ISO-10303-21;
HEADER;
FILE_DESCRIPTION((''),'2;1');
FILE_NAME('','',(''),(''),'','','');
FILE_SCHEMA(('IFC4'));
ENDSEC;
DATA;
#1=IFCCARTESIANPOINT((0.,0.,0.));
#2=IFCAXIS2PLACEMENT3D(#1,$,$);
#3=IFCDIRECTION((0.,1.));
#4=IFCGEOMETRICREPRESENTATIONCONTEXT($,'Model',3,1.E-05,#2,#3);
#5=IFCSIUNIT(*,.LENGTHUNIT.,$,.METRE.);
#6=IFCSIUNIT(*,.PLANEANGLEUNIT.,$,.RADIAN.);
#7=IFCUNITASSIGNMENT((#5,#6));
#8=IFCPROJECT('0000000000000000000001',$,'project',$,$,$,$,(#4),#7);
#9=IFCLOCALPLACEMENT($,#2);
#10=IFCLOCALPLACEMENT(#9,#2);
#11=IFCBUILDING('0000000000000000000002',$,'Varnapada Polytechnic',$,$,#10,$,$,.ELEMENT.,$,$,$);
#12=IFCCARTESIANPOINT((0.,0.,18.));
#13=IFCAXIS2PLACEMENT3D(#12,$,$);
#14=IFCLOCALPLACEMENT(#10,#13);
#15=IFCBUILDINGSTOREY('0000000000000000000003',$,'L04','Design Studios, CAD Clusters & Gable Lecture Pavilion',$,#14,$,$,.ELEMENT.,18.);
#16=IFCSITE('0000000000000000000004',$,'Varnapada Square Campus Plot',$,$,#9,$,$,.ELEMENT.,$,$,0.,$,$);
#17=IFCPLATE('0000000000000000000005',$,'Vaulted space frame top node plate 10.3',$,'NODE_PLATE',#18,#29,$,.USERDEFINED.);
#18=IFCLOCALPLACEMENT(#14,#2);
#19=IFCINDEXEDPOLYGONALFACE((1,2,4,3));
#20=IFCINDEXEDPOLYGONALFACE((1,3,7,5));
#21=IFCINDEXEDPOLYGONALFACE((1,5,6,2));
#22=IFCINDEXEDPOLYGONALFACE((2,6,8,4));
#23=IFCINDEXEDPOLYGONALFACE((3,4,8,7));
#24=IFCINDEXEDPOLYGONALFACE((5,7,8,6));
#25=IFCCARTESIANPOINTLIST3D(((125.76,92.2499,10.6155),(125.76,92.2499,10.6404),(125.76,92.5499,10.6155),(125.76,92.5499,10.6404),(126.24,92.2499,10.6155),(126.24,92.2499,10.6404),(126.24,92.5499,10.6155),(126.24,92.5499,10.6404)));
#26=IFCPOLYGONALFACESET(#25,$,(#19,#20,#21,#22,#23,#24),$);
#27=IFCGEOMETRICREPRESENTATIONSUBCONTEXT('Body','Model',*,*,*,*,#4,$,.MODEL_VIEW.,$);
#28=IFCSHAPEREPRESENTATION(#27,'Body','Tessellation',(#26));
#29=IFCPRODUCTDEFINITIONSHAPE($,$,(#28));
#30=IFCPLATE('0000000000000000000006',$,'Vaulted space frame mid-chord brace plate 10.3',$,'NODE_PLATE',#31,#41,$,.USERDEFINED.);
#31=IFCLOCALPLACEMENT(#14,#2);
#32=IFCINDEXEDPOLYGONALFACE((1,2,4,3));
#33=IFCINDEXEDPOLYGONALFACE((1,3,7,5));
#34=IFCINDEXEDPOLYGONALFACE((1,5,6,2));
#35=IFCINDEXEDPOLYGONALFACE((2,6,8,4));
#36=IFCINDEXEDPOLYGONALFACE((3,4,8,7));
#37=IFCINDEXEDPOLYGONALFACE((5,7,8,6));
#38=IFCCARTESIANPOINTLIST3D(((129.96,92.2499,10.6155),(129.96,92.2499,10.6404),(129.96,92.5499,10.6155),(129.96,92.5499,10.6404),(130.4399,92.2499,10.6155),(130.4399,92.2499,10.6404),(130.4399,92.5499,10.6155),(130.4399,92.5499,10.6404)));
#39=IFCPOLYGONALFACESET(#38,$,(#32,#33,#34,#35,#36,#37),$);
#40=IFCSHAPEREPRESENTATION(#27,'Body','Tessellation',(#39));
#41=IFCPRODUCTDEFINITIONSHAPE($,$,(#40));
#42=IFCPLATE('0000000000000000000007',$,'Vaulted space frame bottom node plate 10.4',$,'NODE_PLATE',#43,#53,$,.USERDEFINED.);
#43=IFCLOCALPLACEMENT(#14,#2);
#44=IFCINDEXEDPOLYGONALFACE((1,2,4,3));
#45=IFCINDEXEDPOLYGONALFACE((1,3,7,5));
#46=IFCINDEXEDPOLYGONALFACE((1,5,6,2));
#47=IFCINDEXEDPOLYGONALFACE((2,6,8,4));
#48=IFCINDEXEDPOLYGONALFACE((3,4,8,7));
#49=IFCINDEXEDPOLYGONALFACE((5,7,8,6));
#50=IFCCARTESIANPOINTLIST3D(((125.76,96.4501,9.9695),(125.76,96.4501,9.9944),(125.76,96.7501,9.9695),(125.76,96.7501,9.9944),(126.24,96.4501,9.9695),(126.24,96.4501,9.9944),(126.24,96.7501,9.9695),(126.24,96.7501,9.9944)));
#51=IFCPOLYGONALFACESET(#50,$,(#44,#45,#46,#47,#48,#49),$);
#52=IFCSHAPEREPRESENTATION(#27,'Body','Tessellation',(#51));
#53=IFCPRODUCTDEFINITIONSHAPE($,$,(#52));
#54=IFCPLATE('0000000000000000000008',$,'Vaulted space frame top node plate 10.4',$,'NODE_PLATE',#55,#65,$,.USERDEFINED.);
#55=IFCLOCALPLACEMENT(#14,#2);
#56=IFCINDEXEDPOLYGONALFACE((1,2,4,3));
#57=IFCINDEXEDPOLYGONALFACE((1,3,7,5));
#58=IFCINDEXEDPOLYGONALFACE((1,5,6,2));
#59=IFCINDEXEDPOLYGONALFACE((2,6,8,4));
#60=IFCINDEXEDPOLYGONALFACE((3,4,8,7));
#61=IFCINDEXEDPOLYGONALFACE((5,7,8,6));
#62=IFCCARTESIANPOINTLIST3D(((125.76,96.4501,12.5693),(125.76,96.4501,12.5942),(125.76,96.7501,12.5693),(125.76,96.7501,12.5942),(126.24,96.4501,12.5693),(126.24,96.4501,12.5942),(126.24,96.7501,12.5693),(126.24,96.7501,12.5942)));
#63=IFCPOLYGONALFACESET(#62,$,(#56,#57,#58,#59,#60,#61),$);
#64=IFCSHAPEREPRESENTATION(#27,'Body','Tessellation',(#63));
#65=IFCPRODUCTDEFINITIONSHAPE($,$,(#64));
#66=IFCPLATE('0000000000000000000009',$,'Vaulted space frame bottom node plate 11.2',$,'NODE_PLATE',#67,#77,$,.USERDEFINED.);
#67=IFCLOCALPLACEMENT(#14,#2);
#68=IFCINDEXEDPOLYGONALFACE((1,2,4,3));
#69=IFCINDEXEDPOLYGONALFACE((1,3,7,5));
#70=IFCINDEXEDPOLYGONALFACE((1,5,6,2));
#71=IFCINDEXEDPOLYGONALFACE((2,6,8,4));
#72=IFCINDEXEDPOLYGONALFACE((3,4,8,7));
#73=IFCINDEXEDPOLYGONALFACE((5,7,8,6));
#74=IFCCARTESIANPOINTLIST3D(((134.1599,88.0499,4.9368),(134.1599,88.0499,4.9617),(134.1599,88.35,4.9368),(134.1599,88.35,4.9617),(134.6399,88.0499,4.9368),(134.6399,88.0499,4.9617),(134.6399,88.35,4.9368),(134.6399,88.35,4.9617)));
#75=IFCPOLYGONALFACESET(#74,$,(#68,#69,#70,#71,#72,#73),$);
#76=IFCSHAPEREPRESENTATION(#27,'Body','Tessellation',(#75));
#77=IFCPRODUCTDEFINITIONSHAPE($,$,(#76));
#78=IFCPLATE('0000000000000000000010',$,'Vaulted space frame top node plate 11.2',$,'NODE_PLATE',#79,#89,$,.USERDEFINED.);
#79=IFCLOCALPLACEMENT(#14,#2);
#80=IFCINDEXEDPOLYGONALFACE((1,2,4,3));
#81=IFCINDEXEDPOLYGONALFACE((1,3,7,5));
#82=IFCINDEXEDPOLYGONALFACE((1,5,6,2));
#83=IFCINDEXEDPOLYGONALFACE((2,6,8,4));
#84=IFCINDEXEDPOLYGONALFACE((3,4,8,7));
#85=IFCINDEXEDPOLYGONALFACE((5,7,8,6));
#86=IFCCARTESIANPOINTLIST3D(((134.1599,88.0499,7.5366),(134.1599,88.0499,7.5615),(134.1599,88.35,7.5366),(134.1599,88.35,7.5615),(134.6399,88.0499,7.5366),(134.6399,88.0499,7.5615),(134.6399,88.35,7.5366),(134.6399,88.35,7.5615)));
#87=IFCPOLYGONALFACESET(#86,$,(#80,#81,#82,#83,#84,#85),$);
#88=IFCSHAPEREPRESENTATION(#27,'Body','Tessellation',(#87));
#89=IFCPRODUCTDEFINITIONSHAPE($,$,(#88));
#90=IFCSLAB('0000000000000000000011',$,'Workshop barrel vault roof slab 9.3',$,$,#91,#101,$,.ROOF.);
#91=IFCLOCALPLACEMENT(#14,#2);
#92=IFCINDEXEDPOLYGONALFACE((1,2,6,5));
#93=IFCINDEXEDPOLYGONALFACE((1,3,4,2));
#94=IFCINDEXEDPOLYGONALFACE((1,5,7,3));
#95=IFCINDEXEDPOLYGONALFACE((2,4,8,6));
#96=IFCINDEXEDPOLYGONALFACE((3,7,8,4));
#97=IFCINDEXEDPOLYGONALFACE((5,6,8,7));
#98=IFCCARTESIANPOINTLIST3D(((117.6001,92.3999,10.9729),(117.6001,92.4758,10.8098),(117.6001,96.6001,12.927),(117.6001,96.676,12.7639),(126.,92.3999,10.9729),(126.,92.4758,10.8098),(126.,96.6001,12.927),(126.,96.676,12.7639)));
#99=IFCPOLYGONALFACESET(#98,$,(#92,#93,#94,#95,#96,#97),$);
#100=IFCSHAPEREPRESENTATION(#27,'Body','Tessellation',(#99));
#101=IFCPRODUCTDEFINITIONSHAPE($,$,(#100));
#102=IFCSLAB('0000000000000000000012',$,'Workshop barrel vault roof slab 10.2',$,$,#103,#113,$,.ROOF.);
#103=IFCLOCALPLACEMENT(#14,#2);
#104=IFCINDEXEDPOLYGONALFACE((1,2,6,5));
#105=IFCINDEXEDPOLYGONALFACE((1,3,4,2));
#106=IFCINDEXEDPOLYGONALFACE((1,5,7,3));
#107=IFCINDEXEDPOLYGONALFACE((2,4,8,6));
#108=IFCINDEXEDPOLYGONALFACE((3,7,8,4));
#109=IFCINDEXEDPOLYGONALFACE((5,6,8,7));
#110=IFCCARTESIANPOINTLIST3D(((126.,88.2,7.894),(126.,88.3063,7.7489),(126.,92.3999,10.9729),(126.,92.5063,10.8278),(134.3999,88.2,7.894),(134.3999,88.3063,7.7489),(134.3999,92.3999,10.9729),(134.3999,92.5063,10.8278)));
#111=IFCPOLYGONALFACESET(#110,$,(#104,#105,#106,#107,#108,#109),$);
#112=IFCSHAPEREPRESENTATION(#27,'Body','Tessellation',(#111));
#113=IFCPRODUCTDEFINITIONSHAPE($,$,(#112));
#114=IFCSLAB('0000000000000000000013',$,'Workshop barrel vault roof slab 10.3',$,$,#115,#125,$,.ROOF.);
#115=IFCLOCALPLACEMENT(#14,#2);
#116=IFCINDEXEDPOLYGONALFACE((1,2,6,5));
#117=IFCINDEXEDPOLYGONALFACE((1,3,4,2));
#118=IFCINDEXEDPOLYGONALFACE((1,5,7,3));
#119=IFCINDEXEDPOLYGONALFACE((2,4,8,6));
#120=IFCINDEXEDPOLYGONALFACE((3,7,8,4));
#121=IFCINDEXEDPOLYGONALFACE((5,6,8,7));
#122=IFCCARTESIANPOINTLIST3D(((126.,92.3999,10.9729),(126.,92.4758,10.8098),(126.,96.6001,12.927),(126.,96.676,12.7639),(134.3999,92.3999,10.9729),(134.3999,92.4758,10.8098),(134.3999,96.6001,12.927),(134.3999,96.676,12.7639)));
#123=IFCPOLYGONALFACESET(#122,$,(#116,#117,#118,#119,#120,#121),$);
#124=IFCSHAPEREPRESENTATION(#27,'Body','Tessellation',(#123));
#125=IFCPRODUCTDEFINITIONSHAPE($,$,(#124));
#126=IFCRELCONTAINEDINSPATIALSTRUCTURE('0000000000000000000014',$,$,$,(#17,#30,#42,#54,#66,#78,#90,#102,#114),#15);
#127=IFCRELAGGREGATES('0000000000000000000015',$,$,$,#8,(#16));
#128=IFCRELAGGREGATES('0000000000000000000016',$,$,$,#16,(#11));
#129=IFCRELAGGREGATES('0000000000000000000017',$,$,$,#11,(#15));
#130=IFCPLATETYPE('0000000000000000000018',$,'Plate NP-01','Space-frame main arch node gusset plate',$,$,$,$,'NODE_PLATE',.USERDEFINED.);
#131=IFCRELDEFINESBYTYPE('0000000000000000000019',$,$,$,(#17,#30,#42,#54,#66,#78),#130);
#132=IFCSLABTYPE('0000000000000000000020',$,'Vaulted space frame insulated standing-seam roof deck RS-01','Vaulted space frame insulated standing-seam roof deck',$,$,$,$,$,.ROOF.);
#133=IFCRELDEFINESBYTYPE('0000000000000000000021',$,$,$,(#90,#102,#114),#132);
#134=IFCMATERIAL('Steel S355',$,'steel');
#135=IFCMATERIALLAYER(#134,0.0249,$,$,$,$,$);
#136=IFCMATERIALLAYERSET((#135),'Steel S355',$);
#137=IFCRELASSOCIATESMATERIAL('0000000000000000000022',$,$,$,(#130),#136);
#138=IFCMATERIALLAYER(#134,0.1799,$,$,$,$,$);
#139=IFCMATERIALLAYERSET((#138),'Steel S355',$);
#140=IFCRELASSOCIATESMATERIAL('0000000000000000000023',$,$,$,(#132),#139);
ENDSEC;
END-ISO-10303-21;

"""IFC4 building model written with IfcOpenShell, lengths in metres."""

from ifc_helpers import new_model, si_unit, direction, frame, origin, origin_2d, place, context, subcontext, project, spatial, polyline, rectangle, outline, extrude, material, layer, layer_set, type_object, element, save


model = new_model("IFC4")

# Units and contexts
model_context = context("Model", 3, precision=1e-05, world=origin(), true_north=direction((0.0, 1.0)))
body_context = subcontext(model_context, "Body", "Model", "MODEL_VIEW")
ifc_project = project(units=[si_unit("LENGTHUNIT", "METRE"), si_unit("PLANEANGLEUNIT", "RADIAN")], contexts=[model_context])

# Site, building, storey
site_placement = place(None, origin())
site = spatial("IfcSite", under=ifc_project, at=site_placement, Name="Varnapada Square Campus Plot", CompositionType="ELEMENT", RefElevation=0.0)
building_placement = place(site_placement, origin())
building = spatial("IfcBuilding", under=site, at=building_placement, Name="Varnapada Polytechnic", CompositionType="ELEMENT")
storey_placement = place(building_placement, frame((0.0, 0.0, 18.0)))
storey = spatial("IfcBuildingStorey", under=building, at=storey_placement, Name="L04", Description="Design Studios, CAD Clusters & Gable Lecture Pavilion", CompositionType="ELEMENT", Elevation=18.0)

# Shared definitions
ifc_material = material(Name="Steel S355", Category="steel")

# Plates
ifc_layer_1 = layer(ifc_material, 0.0249)
ifc_layer_set_1 = layer_set([ifc_layer_1], Name="Steel S355")
plate_type_1 = type_object("IfcPlateType", Name="Plate NP-01", Description="Space-frame main arch node gusset plate", ElementType="NODE_PLATE", PredefinedType="USERDEFINED", material=ifc_layer_set_1)
for number, where, z_axis, x_axis, name in (
    (1, (126.0, 92.3999, 10.6155), (0.0, 0.0, 1.0), (1.0, 0.0, 0.0), "Vaulted space frame top node plate 10.3"),
    (2, (130.2, 92.3999, 10.6155), (0.0, 0.0, 1.0), (1.0, 0.0, 0.0), "Vaulted space frame mid-chord brace plate 10.3"),
    (3, (126.0, 96.6001, 9.9695), (0.0, 0.0, 1.0), (1.0, 0.0, 0.0), "Vaulted space frame bottom node plate 10.4"),
    (4, (126.0, 96.6001, 12.5693), (0.0, 0.0, 1.0), (1.0, 0.0, 0.0), "Vaulted space frame top node plate 10.4"),
    (5, (134.3999, 88.2, 4.9368), (0.0, 0.0, 1.0), (1.0, 0.0, 0.0), "Vaulted space frame bottom node plate 11.2"),
    (6, (134.3999, 88.2, 7.5366), (0.0, 0.0, 1.0), (1.0, 0.0, 0.0), "Vaulted space frame top node plate 11.2"),
):
    element("IfcPlate", number, at=place(storey_placement, frame(where, z_axis=z_axis, x_axis=x_axis)), inside=storey, type_object=plate_type_1, Name=name, ObjectType="NODE_PLATE", PredefinedType="USERDEFINED", context=body_context, shape_type="SweptSolid", body=[
        extrude(rectangle(XDim=0.48, YDim=0.3, at=origin_2d()), origin(), (0.0, 0.0, 1.0), 0.0249),
    ])

# Slabs
ifc_layer_2 = layer(ifc_material, 0.1799)
ifc_layer_set_2 = layer_set([ifc_layer_2], Name="Steel S355")
slab_type = type_object("IfcSlabType", Name="Vaulted space frame insulated standing-seam roof deck RS-01", Description="Vaulted space frame insulated standing-seam roof deck", PredefinedType="ROOF", material=ifc_layer_set_2)
slab_1_placement = place(storey_placement, frame((117.6001, 92.3999, 10.9729), z_axis=(0.0, -0.421823, 0.906678), x_axis=(1.0, 0.0, 0.0)))
element("IfcSlab", 7, at=slab_1_placement, inside=storey, type_object=slab_type, Name="Workshop barrel vault roof slab 9.3", PredefinedType="ROOF", context=body_context, shape_type="SweptSolid", body=[
    extrude(outline(polyline([(0.0, 0.0), (8.3999, 0.0), (8.3999, 4.6325), (0.0, 4.6325), (0.0, 0.0)])), origin(), (0.0, 0.0, -1.0), 0.1799),
])
slab_2_placement = place(storey_placement, frame((126.0, 88.2, 7.894), z_axis=(0.0, -0.591225, 0.806506), x_axis=(1.0, 0.0, 0.0)))
element("IfcSlab", 8, at=slab_2_placement, inside=storey, type_object=slab_type, Name="Workshop barrel vault roof slab 10.2", PredefinedType="ROOF", context=body_context, shape_type="SweptSolid", body=[
    extrude(outline(polyline([(0.0, 0.0), (8.3999, 0.0), (8.3999, 5.2076), (0.0, 5.2076), (0.0, 0.0)])), origin(), (0.0, 0.0, -1.0), 0.1799),
])
slab_3_placement = place(storey_placement, frame((126.0, 92.3999, 10.9729), z_axis=(0.0, -0.421823, 0.906678), x_axis=(1.0, 0.0, 0.0)))
element("IfcSlab", 9, at=slab_3_placement, inside=storey, type_object=slab_type, Name="Workshop barrel vault roof slab 10.3", PredefinedType="ROOF", context=body_context, shape_type="SweptSolid", body=[
    extrude(outline(polyline([(0.0, 0.0), (8.3999, 0.0), (8.3999, 4.6325), (0.0, 4.6325), (0.0, 0.0)])), origin(), (0.0, 0.0, -1.0), 0.1799),
])

save(model, "model.ifc")
